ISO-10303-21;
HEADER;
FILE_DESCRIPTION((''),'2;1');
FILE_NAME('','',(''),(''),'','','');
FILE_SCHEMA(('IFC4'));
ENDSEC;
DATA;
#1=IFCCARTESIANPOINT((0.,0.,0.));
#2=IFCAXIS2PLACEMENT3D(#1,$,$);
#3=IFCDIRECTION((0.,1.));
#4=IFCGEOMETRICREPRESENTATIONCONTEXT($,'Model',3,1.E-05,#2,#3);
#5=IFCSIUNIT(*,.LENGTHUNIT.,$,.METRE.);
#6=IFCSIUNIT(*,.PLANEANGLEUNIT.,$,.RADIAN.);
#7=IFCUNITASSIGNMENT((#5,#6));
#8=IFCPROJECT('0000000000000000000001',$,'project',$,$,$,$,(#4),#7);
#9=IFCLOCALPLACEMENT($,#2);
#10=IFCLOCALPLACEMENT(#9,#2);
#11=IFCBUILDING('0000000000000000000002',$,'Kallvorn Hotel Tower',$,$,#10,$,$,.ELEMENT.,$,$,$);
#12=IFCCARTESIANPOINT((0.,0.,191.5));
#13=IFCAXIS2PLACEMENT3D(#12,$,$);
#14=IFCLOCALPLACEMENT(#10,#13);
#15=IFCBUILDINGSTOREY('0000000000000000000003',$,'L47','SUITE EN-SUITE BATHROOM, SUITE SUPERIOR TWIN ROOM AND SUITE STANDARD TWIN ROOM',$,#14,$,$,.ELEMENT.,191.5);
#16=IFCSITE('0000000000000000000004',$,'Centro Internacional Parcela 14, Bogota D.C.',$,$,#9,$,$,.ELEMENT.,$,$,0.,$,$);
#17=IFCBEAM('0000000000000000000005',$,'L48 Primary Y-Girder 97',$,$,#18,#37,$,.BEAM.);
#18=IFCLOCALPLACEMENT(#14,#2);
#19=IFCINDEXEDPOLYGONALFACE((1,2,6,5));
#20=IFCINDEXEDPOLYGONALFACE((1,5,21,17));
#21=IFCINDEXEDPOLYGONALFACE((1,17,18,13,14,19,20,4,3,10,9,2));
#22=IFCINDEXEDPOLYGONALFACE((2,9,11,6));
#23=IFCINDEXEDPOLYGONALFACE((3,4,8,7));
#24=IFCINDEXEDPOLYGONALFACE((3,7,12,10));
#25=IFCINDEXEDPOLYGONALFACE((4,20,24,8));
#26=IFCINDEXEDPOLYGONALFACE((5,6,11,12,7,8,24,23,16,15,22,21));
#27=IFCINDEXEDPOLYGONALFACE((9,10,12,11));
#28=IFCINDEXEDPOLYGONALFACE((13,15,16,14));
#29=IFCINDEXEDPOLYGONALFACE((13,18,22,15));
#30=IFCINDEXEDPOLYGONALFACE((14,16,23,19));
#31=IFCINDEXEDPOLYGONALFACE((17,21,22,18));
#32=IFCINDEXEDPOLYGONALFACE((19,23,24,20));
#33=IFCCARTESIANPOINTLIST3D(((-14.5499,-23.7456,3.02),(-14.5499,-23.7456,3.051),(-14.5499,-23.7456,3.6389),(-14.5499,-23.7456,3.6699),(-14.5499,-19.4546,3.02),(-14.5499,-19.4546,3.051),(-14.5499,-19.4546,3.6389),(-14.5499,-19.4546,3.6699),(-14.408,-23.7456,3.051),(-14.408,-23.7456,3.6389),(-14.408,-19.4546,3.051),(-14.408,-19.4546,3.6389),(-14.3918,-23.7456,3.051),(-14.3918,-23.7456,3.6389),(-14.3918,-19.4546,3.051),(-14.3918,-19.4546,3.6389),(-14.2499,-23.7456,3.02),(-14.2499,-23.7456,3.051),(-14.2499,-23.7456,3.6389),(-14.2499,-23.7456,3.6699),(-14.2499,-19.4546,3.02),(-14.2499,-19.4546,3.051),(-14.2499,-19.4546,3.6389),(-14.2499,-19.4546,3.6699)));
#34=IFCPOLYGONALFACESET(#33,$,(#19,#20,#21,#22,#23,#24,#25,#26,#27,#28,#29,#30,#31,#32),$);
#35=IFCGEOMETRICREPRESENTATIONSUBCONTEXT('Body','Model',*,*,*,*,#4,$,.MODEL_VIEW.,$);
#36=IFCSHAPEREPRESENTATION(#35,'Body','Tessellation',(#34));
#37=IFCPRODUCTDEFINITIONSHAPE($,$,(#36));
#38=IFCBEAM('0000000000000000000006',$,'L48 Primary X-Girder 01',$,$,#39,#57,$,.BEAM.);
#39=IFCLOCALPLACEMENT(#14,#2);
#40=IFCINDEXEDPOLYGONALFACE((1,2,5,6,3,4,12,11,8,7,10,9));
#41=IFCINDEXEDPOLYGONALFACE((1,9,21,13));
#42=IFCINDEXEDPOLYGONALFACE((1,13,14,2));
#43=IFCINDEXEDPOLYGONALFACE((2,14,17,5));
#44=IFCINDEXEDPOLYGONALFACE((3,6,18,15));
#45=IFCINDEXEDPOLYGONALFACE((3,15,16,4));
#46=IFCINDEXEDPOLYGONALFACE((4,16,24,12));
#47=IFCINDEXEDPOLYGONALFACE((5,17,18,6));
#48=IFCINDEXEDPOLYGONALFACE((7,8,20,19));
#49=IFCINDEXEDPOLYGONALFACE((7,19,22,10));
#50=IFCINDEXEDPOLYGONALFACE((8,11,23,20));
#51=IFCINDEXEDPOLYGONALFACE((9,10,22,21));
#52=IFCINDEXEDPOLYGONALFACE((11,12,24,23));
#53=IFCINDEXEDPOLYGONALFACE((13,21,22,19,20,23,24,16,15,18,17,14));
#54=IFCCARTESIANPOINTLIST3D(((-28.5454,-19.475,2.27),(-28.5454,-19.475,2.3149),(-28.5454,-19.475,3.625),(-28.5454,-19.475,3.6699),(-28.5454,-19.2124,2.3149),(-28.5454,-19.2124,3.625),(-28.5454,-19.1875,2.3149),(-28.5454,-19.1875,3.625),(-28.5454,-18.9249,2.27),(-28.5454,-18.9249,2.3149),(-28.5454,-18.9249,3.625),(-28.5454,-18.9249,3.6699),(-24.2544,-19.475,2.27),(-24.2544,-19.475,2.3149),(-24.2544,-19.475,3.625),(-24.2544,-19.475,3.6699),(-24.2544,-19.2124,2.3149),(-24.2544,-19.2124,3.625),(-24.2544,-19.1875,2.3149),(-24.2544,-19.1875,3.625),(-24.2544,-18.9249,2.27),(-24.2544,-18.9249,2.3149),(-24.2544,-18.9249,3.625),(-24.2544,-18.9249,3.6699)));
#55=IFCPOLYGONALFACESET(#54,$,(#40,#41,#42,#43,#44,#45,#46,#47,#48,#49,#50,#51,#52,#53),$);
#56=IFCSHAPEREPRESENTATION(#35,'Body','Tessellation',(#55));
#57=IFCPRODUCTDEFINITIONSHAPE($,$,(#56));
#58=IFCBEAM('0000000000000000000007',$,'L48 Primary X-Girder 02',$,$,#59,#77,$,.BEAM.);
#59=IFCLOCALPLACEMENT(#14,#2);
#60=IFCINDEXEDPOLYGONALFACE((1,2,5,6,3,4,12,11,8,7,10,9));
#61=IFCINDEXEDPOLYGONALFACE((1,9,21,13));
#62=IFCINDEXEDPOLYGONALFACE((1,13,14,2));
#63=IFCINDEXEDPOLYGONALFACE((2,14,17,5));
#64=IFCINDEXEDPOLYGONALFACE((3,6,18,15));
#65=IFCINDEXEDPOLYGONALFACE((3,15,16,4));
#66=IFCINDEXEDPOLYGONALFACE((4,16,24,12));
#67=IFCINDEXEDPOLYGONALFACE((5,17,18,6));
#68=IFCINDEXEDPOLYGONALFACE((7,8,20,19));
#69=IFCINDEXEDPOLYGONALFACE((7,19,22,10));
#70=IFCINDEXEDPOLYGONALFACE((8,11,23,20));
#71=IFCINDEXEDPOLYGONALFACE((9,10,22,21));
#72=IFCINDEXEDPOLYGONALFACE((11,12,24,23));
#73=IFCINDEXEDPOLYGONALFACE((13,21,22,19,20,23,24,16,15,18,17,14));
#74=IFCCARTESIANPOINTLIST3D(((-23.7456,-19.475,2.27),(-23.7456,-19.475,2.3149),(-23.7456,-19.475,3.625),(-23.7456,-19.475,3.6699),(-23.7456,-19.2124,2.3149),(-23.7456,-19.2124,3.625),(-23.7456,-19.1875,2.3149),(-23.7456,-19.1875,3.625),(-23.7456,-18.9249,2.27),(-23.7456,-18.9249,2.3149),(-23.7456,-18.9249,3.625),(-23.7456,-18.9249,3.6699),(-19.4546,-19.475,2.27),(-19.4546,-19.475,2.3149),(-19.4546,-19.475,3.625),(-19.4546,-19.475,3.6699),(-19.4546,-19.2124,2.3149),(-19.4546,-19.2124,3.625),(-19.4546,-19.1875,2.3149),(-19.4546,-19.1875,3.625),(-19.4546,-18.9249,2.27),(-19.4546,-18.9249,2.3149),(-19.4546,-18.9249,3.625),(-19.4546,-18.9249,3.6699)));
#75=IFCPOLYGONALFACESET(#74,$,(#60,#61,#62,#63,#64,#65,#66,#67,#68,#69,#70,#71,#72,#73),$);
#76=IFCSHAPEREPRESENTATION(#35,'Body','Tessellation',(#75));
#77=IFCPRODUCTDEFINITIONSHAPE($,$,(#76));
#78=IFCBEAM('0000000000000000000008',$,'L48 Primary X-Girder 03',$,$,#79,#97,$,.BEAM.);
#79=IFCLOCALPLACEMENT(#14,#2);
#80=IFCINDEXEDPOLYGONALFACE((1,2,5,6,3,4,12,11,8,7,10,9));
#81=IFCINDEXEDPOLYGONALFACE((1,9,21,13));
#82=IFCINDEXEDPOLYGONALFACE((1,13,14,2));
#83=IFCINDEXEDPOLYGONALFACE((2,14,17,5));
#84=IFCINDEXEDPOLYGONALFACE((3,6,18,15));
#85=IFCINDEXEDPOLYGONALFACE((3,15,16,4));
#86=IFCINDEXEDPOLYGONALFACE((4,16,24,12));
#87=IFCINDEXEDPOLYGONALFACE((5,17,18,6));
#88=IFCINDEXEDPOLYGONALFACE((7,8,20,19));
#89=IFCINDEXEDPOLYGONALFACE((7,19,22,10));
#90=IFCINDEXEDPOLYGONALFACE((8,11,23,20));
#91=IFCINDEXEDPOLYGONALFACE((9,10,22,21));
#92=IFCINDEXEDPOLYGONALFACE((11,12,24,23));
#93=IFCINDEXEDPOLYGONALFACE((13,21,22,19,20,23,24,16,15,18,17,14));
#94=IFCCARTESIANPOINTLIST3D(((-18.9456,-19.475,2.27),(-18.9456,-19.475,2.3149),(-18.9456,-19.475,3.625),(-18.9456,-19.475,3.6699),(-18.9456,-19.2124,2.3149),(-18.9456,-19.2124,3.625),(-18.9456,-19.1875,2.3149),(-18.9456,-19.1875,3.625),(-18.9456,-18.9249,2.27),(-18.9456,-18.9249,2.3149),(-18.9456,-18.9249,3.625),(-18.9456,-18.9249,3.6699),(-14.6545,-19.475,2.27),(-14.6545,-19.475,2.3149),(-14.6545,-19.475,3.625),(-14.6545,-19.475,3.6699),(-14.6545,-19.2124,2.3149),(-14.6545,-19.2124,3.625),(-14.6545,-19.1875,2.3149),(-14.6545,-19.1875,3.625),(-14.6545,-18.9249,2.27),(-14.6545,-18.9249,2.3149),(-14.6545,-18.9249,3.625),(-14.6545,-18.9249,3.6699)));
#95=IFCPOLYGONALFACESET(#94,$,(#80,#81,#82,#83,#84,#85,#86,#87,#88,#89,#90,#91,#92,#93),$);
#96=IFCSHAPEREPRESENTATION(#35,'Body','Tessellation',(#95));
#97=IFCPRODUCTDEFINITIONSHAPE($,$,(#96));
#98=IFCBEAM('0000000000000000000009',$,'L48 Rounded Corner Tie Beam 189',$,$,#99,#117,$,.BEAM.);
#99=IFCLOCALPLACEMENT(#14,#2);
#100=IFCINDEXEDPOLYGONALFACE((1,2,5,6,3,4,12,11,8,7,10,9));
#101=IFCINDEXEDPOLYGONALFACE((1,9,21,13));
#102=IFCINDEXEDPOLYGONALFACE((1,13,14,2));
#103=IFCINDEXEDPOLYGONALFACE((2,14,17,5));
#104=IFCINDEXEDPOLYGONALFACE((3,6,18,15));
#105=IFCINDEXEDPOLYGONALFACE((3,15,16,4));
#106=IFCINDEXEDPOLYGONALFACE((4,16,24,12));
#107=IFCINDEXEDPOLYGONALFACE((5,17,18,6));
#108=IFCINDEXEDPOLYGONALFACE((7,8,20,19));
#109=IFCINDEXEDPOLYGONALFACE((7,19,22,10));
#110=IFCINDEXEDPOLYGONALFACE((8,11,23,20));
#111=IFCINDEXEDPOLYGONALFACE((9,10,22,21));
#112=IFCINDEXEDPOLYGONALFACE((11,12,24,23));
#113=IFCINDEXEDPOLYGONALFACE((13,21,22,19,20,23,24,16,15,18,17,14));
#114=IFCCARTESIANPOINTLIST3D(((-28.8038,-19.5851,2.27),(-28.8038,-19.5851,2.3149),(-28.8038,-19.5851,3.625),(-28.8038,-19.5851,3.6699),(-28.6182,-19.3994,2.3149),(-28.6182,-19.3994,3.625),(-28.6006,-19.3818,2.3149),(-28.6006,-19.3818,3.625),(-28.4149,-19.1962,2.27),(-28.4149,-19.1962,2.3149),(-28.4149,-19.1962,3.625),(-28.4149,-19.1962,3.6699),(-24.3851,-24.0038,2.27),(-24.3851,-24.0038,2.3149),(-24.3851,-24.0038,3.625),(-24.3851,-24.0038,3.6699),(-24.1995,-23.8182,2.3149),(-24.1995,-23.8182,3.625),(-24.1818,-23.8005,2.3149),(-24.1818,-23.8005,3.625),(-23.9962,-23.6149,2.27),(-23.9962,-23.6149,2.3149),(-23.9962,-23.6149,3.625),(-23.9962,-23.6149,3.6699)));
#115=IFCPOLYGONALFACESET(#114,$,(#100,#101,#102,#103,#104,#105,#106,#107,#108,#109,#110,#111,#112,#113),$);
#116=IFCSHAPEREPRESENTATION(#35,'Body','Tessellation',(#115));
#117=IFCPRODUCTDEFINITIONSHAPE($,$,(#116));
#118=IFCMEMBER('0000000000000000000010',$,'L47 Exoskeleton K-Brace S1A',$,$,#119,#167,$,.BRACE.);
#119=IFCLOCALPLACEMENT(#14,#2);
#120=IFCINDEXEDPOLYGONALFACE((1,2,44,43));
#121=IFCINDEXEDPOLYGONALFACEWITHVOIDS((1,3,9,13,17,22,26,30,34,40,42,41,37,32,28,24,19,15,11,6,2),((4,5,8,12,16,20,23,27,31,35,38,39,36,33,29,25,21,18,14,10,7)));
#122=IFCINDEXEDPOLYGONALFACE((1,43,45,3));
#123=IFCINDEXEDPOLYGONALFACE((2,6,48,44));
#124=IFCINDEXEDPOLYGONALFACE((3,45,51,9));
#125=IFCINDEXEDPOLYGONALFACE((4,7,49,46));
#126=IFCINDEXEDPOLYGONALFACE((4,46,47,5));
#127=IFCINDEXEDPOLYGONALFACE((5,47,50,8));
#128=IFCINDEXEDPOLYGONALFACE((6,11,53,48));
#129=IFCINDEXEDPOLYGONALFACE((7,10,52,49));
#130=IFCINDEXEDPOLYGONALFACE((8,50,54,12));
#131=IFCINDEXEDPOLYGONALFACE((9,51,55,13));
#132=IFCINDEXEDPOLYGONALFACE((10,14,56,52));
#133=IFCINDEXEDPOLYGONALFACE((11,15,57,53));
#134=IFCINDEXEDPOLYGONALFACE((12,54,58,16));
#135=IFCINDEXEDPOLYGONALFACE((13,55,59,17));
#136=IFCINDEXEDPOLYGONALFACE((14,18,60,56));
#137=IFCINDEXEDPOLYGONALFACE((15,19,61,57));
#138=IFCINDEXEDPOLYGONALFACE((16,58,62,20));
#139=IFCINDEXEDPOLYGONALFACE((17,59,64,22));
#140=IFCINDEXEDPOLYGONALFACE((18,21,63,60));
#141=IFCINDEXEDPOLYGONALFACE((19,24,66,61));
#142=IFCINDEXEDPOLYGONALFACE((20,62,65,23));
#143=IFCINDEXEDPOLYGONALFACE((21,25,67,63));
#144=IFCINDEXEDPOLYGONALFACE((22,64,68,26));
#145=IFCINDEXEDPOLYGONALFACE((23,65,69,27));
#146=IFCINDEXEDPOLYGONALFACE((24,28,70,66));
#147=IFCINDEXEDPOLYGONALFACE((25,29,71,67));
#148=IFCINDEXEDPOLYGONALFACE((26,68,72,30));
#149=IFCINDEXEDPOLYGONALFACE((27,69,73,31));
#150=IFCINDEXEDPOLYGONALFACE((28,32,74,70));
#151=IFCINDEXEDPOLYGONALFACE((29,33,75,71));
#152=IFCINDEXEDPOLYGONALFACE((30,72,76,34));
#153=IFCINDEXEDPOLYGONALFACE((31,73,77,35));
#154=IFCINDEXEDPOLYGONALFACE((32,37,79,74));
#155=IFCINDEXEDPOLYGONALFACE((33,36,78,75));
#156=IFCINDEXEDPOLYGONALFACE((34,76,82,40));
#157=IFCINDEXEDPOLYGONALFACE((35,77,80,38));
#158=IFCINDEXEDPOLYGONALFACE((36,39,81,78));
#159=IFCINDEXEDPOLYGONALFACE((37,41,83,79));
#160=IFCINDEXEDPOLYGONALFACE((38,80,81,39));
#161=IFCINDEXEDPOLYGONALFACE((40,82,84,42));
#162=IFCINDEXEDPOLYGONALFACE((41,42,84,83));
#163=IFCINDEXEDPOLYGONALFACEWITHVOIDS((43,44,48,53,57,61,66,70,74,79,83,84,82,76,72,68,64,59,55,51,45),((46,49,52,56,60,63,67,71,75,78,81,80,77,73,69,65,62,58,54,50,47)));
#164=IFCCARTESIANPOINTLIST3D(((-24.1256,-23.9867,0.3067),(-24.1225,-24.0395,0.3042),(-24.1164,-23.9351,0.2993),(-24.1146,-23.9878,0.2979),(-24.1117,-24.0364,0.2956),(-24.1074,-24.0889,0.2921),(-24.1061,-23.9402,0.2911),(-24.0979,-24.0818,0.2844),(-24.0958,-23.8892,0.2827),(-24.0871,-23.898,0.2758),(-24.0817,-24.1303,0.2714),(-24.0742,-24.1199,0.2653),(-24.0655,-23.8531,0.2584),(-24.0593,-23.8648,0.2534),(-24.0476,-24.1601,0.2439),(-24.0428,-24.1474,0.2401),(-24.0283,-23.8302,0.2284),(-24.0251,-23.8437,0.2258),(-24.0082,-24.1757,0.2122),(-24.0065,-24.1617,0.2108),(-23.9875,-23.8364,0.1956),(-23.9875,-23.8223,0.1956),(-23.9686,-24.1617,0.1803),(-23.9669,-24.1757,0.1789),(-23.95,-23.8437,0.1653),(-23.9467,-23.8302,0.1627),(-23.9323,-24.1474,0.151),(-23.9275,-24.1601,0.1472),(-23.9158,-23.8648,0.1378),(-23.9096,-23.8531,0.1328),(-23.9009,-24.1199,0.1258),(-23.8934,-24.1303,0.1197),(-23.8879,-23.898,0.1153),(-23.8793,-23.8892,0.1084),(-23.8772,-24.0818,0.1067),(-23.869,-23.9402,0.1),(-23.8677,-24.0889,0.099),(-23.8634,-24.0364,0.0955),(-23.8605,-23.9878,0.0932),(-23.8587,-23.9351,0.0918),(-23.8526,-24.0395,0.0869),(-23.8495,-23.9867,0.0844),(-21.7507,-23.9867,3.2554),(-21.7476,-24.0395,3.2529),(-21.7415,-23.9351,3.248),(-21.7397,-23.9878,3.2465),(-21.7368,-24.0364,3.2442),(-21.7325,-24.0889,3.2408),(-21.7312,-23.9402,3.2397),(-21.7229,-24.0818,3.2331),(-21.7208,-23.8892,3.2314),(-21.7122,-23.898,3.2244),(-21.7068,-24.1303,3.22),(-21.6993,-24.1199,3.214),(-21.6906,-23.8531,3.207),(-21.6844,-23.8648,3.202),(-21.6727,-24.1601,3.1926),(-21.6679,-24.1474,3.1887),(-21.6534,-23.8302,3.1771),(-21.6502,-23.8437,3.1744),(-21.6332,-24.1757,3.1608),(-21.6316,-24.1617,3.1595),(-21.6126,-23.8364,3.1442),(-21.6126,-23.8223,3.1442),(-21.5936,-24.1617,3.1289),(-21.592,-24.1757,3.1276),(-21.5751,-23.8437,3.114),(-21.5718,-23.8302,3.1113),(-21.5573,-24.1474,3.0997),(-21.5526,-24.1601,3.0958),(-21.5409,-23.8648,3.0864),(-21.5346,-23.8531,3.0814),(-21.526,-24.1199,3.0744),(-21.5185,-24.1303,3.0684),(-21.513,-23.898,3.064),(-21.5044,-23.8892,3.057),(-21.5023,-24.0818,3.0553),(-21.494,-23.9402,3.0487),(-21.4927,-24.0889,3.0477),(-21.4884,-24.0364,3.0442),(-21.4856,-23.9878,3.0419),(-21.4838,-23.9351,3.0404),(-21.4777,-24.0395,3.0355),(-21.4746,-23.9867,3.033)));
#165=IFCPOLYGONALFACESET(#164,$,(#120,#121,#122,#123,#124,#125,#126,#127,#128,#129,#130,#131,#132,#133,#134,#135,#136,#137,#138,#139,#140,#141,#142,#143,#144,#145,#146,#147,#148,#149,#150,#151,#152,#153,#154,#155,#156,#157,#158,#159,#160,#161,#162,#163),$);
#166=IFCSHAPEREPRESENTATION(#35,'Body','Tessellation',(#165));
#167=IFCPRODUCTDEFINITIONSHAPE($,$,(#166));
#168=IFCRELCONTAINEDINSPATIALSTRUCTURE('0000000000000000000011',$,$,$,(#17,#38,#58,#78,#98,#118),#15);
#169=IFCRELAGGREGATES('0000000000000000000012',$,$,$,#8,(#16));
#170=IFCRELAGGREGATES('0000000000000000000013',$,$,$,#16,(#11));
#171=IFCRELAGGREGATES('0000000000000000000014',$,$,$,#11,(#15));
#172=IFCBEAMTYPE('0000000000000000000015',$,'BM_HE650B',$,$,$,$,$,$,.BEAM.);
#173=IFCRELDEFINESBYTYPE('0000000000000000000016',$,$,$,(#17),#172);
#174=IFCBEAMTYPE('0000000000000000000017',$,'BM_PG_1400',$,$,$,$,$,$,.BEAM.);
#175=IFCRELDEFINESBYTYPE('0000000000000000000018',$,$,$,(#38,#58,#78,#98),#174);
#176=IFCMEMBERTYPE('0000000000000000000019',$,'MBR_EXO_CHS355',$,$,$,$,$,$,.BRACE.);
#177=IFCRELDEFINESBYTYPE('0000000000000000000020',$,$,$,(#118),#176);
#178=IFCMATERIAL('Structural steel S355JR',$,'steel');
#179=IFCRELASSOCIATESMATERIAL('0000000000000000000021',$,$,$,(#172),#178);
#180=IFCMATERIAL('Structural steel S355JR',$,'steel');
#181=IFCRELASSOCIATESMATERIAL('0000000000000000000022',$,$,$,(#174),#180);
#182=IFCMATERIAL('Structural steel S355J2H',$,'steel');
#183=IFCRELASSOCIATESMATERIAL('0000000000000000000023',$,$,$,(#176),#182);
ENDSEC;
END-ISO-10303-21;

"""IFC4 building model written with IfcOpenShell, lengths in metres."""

from ifc_helpers import new_model, si_unit, direction, frame, origin, origin_2d, place, context, subcontext, project, spatial, hollow_circle, i_section, extrude, material, material_profile, profile_set, type_object, element, save


model = new_model("IFC4")

# Units and contexts
model_context = context("Model", 3, precision=1e-05, world=origin(), true_north=direction((0.0, 1.0)))
body_context = subcontext(model_context, "Body", "Model", "MODEL_VIEW")
ifc_project = project(units=[si_unit("LENGTHUNIT", "METRE"), si_unit("PLANEANGLEUNIT", "RADIAN")], contexts=[model_context])

# Site, building, storey
site_placement = place(None, origin())
site = spatial("IfcSite", under=ifc_project, at=site_placement, Name="Centro Internacional Parcela 14, Bogota D.C.", CompositionType="ELEMENT", RefElevation=0.0)
building_placement = place(site_placement, origin())
building = spatial("IfcBuilding", under=site, at=building_placement, Name="Kallvorn Hotel Tower", CompositionType="ELEMENT")
storey_placement = place(building_placement, frame((0.0, 0.0, 191.5)))
storey = spatial("IfcBuildingStorey", under=building, at=storey_placement, Name="L47", Description="SUITE EN-SUITE BATHROOM, SUITE SUPERIOR TWIN ROOM AND SUITE STANDARD TWIN ROOM", CompositionType="ELEMENT", Elevation=191.5)

# Beams
ifc_material_1 = material(Name="Structural steel S355JR", Category="steel")
ifc_material_profile_1 = material_profile(ifc_material_1, i_section(OverallWidth=0.3, OverallDepth=0.6499, WebThickness=0.0161, FlangeThickness=0.031, at=origin_2d()), Name="HE 650 B")
ifc_profile_set_1 = profile_set([ifc_material_profile_1], Name="Structural steel S355JR")
beam_type_1 = type_object("IfcBeamType", Name="BM_HE650B", PredefinedType="BEAM", material=ifc_profile_set_1)
for number, where, z_axis, x_axis, name in (
    (1, (-14.3999, -23.7456, 3.345), (0.0, 1.0, 0.0), (-1.0, 0.0, 0.0), "L48 Primary Y-Girder 97"),
):
    element("IfcBeam", number, at=place(storey_placement, frame(where, z_axis=z_axis, x_axis=x_axis)), inside=storey, type_object=beam_type_1, Name=name, PredefinedType="BEAM", context=body_context, shape_type="SweptSolid", body=[
        extrude(i_section(OverallWidth=0.3, OverallDepth=0.6499, WebThickness=0.0161, FlangeThickness=0.031, at=origin_2d()), origin(), (0.0, 0.0, 1.0), 4.291),
    ])
ifc_material_2 = material(Name="Structural steel S355JR", Category="steel")
ifc_material_profile_2 = material_profile(ifc_material_2, i_section(OverallWidth=0.55, OverallDepth=1.3999, WebThickness=0.0249, FlangeThickness=0.0449, at=origin_2d()), Name="PG 1400x550x25x45")
ifc_profile_set_2 = profile_set([ifc_material_profile_2], Name="Structural steel S355JR")
beam_type_2 = type_object("IfcBeamType", Name="BM_PG_1400", PredefinedType="BEAM", material=ifc_profile_set_2)
for number, where, z_axis, x_axis, name in (
    (2, (-28.5454, -19.2, 2.97), (1.0, 0.0, 0.0), (0.0, 1.0, 0.0), "L48 Primary X-Girder 01"),
    (3, (-23.7456, -19.2, 2.97), (1.0, 0.0, 0.0), (0.0, 1.0, 0.0), "L48 Primary X-Girder 02"),
    (4, (-18.9456, -19.2, 2.97), (1.0, 0.0, 0.0), (0.0, 1.0, 0.0), "L48 Primary X-Girder 03"),
):
    element("IfcBeam", number, at=place(storey_placement, frame(where, z_axis=z_axis, x_axis=x_axis)), inside=storey, type_object=beam_type_2, Name=name, PredefinedType="BEAM", context=body_context, shape_type="SweptSolid", body=[
        extrude(i_section(OverallWidth=0.55, OverallDepth=1.3999, WebThickness=0.0249, FlangeThickness=0.0449, at=origin_2d()), origin(), (0.0, 0.0, 1.0), 4.291),
    ])
beam_1_placement = place(storey_placement, frame((-28.6094, -19.3906, 2.97), z_axis=(0.707107, -0.707107, 0.0), x_axis=(0.707107, 0.707107, 0.0)))
element("IfcBeam", 5, at=beam_1_placement, inside=storey, type_object=beam_type_2, Name="L48 Rounded Corner Tie Beam 189", PredefinedType="BEAM", context=body_context, shape_type="SweptSolid", body=[
    extrude(i_section(OverallWidth=0.55, OverallDepth=1.3999, WebThickness=0.0249, FlangeThickness=0.0449, at=origin_2d()), origin(), (0.0, 0.0, 1.0), 6.249),
])

# Member
ifc_material_3 = material(Name="Structural steel S355J2H", Category="steel")
ifc_material_profile_3 = material_profile(ifc_material_3, hollow_circle(Radius=0.1777, WallThickness=0.0142, at=origin_2d()), Name="CHS 355.6x14.2")
ifc_profile_set_3 = profile_set([ifc_material_profile_3], Name="Structural steel S355J2H")
member_type = type_object("IfcMemberType", Name="MBR_EXO_CHS355", PredefinedType="BRACE", material=ifc_profile_set_3)
for number, where, z_axis, x_axis, name in (
    (6, (-23.9875, -24.0, 0.1956), (0.627271, 0.0, 0.778801), (0.0, 1.0, 0.0), "L47 Exoskeleton K-Brace S1A"),
):
    element("IfcMember", number, at=place(storey_placement, frame(where, z_axis=z_axis, x_axis=x_axis)), inside=storey, type_object=member_type, Name=name, PredefinedType="BRACE", context=body_context, shape_type="SweptSolid", body=[
        extrude(hollow_circle(Radius=0.1777, WallThickness=0.0142, at=origin_2d()), origin(), (0.0, 0.0, 1.0), 3.7861),
    ])

save(model, "model.ifc")
